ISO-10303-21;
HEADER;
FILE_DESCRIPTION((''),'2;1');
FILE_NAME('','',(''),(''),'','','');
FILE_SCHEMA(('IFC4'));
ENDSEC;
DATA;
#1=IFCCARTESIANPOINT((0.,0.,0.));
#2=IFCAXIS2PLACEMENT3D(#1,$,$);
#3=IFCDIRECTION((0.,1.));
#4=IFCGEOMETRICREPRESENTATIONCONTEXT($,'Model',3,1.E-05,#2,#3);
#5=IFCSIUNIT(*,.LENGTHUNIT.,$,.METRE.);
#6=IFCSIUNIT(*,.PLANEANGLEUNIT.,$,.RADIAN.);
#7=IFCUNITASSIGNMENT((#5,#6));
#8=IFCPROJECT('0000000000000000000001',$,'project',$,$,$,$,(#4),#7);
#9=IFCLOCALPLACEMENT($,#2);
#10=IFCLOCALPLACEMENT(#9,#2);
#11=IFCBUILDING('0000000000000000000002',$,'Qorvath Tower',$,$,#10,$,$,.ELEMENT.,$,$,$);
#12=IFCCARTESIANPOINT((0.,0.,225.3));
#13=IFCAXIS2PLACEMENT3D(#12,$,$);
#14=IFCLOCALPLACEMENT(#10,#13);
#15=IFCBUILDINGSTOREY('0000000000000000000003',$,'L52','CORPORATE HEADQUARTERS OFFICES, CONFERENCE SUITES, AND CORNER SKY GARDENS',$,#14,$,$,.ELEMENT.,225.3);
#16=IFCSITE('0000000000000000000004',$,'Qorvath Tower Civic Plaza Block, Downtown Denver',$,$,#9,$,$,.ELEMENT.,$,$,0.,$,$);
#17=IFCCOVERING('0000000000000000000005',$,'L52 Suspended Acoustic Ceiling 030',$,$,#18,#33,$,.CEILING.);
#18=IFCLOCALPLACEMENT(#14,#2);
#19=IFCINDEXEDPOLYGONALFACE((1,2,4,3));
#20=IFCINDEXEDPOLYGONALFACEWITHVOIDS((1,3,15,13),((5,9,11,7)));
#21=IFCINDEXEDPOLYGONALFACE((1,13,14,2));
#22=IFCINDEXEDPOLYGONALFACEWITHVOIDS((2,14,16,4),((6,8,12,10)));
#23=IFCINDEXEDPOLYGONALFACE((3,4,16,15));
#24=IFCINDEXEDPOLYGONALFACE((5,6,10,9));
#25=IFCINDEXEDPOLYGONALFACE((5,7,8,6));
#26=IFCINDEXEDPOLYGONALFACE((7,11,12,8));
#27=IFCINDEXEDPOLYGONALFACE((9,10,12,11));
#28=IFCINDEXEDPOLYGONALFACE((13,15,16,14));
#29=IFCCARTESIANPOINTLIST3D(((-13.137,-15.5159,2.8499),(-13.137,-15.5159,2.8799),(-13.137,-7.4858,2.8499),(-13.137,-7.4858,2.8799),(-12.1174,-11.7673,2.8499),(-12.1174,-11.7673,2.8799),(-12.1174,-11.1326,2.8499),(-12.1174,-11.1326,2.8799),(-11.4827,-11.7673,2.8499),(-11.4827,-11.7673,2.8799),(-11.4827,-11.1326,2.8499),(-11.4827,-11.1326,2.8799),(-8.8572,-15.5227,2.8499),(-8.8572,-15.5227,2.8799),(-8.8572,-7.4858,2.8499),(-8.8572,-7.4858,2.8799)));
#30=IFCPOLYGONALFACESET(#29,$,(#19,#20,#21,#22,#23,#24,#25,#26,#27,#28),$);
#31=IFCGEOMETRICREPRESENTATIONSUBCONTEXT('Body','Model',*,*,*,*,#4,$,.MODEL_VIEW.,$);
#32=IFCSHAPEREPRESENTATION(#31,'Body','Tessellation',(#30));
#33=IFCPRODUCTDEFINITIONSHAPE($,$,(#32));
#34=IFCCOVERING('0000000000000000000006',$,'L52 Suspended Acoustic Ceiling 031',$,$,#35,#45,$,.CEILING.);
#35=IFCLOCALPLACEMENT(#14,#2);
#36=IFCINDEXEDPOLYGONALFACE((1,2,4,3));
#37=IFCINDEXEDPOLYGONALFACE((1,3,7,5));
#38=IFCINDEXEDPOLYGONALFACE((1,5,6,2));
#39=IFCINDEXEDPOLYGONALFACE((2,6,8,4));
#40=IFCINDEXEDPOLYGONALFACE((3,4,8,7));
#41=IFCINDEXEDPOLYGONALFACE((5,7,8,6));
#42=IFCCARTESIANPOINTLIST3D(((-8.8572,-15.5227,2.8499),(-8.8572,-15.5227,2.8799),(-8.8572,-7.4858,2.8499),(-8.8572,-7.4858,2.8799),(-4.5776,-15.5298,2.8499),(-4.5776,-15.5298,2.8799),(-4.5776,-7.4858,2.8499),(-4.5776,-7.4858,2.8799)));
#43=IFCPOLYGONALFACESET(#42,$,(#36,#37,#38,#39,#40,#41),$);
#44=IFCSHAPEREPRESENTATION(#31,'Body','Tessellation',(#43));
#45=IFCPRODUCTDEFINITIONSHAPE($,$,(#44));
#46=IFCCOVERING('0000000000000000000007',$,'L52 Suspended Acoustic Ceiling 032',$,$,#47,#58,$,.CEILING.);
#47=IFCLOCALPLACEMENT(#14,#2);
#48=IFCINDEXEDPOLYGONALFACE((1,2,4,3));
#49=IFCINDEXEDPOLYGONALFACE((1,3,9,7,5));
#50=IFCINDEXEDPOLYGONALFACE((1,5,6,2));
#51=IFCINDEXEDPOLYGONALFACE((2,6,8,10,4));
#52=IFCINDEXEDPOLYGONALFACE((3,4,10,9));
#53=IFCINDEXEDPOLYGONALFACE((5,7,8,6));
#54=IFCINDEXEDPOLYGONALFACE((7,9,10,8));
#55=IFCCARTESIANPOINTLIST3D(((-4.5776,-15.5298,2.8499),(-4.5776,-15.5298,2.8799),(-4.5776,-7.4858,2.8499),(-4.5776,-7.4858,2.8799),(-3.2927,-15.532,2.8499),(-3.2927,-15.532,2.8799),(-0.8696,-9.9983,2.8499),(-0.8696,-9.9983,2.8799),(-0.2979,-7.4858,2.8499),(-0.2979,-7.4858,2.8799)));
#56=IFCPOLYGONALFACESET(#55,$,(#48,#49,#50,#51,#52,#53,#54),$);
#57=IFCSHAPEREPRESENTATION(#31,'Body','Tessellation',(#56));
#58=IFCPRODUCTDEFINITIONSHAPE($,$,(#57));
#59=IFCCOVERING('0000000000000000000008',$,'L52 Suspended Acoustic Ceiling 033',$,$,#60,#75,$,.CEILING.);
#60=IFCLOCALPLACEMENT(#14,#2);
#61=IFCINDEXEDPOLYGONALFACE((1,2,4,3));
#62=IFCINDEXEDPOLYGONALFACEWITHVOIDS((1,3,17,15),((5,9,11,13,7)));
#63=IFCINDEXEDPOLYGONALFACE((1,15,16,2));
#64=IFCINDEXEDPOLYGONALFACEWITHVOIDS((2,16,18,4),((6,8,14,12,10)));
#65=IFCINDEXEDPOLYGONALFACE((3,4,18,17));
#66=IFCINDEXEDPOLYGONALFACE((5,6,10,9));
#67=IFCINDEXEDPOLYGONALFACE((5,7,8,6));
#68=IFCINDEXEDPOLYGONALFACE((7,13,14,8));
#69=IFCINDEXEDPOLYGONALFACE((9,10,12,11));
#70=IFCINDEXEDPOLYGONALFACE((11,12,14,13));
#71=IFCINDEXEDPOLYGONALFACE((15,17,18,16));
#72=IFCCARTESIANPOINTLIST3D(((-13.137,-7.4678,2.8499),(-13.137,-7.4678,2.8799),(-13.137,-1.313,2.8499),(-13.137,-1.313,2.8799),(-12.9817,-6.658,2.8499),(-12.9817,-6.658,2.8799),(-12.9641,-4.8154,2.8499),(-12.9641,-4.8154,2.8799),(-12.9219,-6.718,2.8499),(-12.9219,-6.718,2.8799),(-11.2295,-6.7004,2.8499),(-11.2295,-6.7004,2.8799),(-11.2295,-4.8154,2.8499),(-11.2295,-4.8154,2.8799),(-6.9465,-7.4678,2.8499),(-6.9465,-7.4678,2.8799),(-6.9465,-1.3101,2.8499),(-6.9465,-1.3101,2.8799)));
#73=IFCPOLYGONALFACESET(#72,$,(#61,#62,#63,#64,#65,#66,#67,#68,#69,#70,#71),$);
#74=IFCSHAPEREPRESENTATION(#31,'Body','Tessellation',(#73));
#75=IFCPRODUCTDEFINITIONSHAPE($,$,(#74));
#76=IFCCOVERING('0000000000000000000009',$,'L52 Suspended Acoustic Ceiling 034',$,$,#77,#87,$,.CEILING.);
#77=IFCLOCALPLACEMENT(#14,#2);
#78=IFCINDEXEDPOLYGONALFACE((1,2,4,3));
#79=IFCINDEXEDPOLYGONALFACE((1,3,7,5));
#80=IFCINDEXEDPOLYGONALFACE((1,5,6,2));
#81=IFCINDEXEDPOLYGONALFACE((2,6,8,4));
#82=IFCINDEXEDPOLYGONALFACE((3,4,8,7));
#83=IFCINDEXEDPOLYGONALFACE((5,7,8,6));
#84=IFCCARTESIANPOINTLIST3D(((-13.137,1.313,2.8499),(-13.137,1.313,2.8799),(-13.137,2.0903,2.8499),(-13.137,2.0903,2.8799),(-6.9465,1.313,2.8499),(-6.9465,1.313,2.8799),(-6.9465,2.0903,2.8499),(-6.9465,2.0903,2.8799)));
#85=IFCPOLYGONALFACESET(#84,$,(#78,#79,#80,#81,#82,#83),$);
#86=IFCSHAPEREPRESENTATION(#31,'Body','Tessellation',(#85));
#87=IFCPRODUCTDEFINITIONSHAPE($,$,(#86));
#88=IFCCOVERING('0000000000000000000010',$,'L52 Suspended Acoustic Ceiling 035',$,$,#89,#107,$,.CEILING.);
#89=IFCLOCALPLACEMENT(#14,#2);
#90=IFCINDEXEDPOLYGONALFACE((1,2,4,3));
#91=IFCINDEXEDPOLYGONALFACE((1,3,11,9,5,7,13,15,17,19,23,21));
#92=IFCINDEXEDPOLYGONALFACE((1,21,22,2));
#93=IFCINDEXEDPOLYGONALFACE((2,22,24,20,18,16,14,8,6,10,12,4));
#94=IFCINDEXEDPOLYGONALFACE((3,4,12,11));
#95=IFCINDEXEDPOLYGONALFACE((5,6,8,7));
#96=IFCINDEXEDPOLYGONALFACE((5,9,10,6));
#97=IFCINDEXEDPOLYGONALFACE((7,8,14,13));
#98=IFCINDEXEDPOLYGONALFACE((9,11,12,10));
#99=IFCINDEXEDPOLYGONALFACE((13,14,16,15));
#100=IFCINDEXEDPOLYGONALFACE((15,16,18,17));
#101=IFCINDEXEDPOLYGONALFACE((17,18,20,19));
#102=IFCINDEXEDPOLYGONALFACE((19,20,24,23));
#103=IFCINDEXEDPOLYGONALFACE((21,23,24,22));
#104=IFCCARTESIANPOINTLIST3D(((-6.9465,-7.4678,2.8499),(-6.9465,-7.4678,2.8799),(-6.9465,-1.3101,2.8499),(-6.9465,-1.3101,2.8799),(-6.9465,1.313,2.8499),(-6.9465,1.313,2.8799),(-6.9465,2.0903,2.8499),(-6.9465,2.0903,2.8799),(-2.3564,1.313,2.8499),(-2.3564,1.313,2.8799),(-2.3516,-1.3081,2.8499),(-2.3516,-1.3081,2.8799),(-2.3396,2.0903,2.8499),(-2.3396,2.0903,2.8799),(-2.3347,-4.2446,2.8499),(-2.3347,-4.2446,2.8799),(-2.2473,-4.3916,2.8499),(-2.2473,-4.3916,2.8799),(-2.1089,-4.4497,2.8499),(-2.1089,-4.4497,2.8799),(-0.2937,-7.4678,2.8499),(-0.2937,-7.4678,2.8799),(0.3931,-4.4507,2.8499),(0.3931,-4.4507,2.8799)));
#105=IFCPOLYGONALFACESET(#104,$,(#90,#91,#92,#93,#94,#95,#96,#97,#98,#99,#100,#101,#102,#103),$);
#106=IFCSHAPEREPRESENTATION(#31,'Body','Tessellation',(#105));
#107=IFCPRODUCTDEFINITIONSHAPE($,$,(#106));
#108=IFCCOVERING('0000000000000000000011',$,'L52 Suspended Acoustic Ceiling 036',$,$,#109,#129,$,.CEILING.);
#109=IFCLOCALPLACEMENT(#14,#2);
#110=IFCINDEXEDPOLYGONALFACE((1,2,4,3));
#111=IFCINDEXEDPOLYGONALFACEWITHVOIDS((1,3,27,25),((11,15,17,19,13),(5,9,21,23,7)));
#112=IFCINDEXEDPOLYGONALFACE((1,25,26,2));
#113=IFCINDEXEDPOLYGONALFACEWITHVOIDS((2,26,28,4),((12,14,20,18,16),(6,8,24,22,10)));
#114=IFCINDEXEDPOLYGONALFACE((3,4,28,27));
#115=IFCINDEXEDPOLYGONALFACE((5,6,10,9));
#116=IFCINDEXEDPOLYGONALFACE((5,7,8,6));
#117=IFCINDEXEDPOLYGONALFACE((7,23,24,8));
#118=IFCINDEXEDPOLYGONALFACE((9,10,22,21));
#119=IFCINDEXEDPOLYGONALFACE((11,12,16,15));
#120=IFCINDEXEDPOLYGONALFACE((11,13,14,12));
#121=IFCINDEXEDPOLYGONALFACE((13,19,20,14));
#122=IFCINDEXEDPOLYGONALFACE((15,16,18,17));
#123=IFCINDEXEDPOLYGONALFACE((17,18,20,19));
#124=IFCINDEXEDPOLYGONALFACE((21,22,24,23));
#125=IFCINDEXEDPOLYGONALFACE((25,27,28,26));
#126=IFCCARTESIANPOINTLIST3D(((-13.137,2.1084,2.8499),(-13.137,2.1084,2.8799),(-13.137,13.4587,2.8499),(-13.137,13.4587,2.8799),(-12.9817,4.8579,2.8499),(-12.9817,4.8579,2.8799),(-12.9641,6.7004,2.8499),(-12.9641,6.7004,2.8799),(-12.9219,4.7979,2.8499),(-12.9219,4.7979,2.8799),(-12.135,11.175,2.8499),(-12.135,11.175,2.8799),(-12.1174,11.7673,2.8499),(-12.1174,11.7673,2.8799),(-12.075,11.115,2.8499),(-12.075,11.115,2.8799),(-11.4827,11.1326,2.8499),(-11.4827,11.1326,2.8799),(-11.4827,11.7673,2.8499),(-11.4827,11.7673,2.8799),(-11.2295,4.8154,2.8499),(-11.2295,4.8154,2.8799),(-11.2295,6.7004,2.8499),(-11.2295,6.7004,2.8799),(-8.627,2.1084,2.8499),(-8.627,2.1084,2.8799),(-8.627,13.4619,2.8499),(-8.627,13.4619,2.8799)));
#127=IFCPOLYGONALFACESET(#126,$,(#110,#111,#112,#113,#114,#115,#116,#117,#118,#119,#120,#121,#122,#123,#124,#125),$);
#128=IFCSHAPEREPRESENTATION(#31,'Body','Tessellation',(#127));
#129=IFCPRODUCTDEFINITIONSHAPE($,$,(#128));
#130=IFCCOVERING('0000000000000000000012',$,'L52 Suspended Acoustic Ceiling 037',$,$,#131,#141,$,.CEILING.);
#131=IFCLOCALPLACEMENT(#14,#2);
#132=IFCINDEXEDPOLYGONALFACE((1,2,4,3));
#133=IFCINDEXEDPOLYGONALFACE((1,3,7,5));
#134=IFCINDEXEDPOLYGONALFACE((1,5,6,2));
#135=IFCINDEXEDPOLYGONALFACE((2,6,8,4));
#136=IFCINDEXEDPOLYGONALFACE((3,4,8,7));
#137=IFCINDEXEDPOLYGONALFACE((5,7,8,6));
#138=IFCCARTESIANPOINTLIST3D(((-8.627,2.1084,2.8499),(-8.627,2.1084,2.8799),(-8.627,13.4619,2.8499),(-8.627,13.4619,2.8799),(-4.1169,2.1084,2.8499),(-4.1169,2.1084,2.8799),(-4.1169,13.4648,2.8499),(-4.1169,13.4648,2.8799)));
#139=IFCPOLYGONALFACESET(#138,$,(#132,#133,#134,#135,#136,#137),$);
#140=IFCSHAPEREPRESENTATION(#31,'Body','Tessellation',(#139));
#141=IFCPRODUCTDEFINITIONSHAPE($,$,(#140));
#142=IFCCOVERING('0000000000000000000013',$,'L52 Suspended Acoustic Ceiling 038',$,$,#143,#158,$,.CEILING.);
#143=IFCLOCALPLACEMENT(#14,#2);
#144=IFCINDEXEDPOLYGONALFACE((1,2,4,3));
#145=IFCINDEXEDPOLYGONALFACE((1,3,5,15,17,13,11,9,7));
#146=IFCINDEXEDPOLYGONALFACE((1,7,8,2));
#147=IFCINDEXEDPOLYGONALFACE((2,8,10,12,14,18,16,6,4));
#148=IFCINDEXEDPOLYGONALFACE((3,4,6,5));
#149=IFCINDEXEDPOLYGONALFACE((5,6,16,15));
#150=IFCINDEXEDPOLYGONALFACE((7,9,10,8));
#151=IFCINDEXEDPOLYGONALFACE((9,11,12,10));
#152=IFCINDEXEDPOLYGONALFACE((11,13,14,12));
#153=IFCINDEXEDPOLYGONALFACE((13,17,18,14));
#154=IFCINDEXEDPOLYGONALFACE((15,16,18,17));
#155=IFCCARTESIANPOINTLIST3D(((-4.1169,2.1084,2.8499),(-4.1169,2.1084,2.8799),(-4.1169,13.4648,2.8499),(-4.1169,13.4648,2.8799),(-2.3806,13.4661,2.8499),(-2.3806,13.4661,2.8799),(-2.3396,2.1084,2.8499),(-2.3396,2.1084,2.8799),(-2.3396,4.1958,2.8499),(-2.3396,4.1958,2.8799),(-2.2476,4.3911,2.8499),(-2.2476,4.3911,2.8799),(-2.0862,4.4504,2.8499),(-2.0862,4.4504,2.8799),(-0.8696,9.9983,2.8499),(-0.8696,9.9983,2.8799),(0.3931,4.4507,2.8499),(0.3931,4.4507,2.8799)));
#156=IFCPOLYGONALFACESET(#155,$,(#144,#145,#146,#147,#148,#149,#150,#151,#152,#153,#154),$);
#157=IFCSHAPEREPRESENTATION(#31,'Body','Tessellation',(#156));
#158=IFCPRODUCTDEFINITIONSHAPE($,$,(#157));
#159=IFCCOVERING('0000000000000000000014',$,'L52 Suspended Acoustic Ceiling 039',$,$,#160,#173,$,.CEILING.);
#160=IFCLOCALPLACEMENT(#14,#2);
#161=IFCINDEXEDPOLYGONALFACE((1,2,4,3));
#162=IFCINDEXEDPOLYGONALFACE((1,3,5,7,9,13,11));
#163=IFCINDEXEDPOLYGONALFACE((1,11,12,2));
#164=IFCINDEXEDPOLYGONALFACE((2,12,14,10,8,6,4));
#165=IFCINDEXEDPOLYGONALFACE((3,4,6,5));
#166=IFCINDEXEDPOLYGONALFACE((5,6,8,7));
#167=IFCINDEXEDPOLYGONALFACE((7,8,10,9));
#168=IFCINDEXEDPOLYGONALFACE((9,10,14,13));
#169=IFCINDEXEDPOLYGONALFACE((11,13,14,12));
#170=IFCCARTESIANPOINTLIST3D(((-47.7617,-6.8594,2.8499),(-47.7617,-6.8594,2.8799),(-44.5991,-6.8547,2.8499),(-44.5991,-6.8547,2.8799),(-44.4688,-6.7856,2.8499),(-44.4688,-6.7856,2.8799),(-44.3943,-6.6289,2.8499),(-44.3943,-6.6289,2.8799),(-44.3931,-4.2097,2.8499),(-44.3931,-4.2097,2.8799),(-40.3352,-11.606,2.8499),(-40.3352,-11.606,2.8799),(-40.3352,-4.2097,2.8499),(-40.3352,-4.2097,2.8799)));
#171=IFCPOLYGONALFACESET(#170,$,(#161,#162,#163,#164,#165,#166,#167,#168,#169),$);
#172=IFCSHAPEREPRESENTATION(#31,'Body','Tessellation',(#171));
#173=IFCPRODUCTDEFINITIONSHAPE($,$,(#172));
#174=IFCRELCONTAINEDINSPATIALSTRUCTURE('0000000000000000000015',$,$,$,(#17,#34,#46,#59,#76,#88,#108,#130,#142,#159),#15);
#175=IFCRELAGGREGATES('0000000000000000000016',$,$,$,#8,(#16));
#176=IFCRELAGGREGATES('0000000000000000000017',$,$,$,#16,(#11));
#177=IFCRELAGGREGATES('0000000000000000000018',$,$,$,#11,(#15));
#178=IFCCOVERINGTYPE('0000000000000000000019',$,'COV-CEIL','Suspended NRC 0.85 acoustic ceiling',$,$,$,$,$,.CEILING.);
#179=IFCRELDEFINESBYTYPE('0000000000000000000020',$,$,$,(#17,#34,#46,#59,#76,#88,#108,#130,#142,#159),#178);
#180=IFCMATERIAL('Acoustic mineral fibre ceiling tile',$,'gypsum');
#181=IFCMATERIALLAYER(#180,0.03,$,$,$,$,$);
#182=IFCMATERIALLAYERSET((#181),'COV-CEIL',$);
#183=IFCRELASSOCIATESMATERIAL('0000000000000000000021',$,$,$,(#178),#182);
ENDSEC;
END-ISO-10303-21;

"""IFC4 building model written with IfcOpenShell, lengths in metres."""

from ifc_helpers import new_model, si_unit, direction, frame, origin, place, context, subcontext, project, spatial, polyline, outline, extrude, material, layer, layer_set, type_object, element, save


model = new_model("IFC4")

# Units and contexts
model_context = context("Model", 3, precision=1e-05, world=origin(), true_north=direction((0.0, 1.0)))
body_context = subcontext(model_context, "Body", "Model", "MODEL_VIEW")
ifc_project = project(units=[si_unit("LENGTHUNIT", "METRE"), si_unit("PLANEANGLEUNIT", "RADIAN")], contexts=[model_context])

# Site, building, storey
site_placement = place(None, origin())
site = spatial("IfcSite", under=ifc_project, at=site_placement, Name="Qorvath Tower Civic Plaza Block, Downtown Denver", CompositionType="ELEMENT", RefElevation=0.0)
building_placement = place(site_placement, origin())
building = spatial("IfcBuilding", under=site, at=building_placement, Name="Qorvath Tower", CompositionType="ELEMENT")
storey_placement = place(building_placement, frame((0.0, 0.0, 225.3)))
storey = spatial("IfcBuildingStorey", under=building, at=storey_placement, Name="L52", Description="CORPORATE HEADQUARTERS OFFICES, CONFERENCE SUITES, AND CORNER SKY GARDENS", CompositionType="ELEMENT", Elevation=225.3)

# Coverings
ifc_material_1 = material(Name="Acoustic mineral fibre ceiling tile", Category="gypsum")
ifc_layer_1 = layer(ifc_material_1, 0.03)
ifc_layer_set_1 = layer_set([ifc_layer_1], Name="COV-CEIL")
covering_type_1 = type_object("IfcCoveringType", Name="COV-CEIL", Description="Suspended NRC 0.85 acoustic ceiling", PredefinedType="CEILING", material=ifc_layer_set_1)
covering_1_placement = place(storey_placement, frame((0.0, 0.0, 2.8499)))
element("IfcCovering", 1, at=covering_1_placement, inside=storey, type_object=covering_type_1, Name="L52 Suspended Acoustic Ceiling 030", PredefinedType="CEILING", context=body_context, shape_type="SweptSolid", body=[
    extrude(outline(polyline([(-13.137, -15.5159), (-8.8572, -15.5227), (-8.8572, -7.4858), (-13.137, -7.4858), (-13.137, -15.5159)]), holes=[polyline([(-12.1174, -11.7673), (-12.1174, -11.1326), (-11.4827, -11.1326), (-11.4827, -11.7673), (-12.1174, -11.7673)])]), origin(), (0.0, 0.0, 1.0), 0.03),
])
covering_2_placement = place(storey_placement, frame((0.0, 0.0, 2.8499)))
element("IfcCovering", 2, at=covering_2_placement, inside=storey, type_object=covering_type_1, Name="L52 Suspended Acoustic Ceiling 031", PredefinedType="CEILING", context=body_context, shape_type="SweptSolid", body=[
    extrude(outline(polyline([(-8.8572, -7.4858), (-8.8572, -15.5227), (-4.5776, -15.5298), (-4.5776, -7.4858), (-8.8572, -7.4858)])), origin(), (0.0, 0.0, 1.0), 0.03),
])
covering_3_placement = place(storey_placement, frame((0.0, 0.0, 2.8499)))
element("IfcCovering", 3, at=covering_3_placement, inside=storey, type_object=covering_type_1, Name="L52 Suspended Acoustic Ceiling 032", PredefinedType="CEILING", context=body_context, shape_type="SweptSolid", body=[
    extrude(outline(polyline([(-4.5776, -7.4858), (-4.5776, -15.5298), (-3.2927, -15.532), (-0.8696, -9.9983), (-0.2979, -7.4858), (-4.5776, -7.4858)])), origin(), (0.0, 0.0, 1.0), 0.03),
])
covering_4_placement = place(storey_placement, frame((0.0, 0.0, 2.8499)))
element("IfcCovering", 4, at=covering_4_placement, inside=storey, type_object=covering_type_1, Name="L52 Suspended Acoustic Ceiling 033", PredefinedType="CEILING", context=body_context, shape_type="SweptSolid", body=[
    extrude(outline(polyline([(-6.9465, -7.4678), (-6.9465, -1.3101), (-13.137, -1.313), (-13.137, -7.4678), (-6.9465, -7.4678)]), holes=[polyline([(-12.9817, -6.658), (-12.9641, -4.8154), (-11.2295, -4.8154), (-11.2295, -6.7004), (-12.9219, -6.718), (-12.9817, -6.658)])]), origin(), (0.0, 0.0, 1.0), 0.03),
])
covering_5_placement = place(storey_placement, frame((0.0, 0.0, 2.8499)))
element("IfcCovering", 5, at=covering_5_placement, inside=storey, type_object=covering_type_1, Name="L52 Suspended Acoustic Ceiling 034", PredefinedType="CEILING", context=body_context, shape_type="SweptSolid", body=[
    extrude(outline(polyline([(-6.9465, 1.313), (-6.9465, 2.0903), (-13.137, 2.0903), (-13.137, 1.313), (-6.9465, 1.313)])), origin(), (0.0, 0.0, 1.0), 0.03),
])
covering_6_placement = place(storey_placement, frame((0.0, 0.0, 2.8499)))
element("IfcCovering", 6, at=covering_6_placement, inside=storey, type_object=covering_type_1, Name="L52 Suspended Acoustic Ceiling 035", PredefinedType="CEILING", context=body_context, shape_type="SweptSolid", body=[
    extrude(outline(polyline([(-2.2473, -4.3916), (-2.3347, -4.2446), (-2.3396, 2.0903), (-6.9465, 2.0903), (-6.9465, 1.313), (-2.3564, 1.313), (-2.3516, -1.3081), (-6.9465, -1.3101), (-6.9465, -7.4678), (-0.2937, -7.4678), (0.3931, -4.4507), (-2.1089, -4.4497), (-2.2473, -4.3916)])), origin(), (0.0, 0.0, 1.0), 0.03),
])
covering_7_placement = place(storey_placement, frame((0.0, 0.0, 2.8499)))
element("IfcCovering", 7, at=covering_7_placement, inside=storey, type_object=covering_type_1, Name="L52 Suspended Acoustic Ceiling 036", PredefinedType="CEILING", context=body_context, shape_type="SweptSolid", body=[
    extrude(outline(polyline([(-8.627, 2.1084), (-8.627, 13.4619), (-13.137, 13.4587), (-13.137, 2.1084), (-8.627, 2.1084)]), holes=[polyline([(-12.9817, 4.8579), (-12.9641, 6.7004), (-11.2295, 6.7004), (-11.2295, 4.8154), (-12.9219, 4.7979), (-12.9817, 4.8579)]), polyline([(-12.135, 11.175), (-12.1174, 11.7673), (-11.4827, 11.7673), (-11.4827, 11.1326), (-12.075, 11.115), (-12.135, 11.175)])]), origin(), (0.0, 0.0, 1.0), 0.03),
])
covering_8_placement = place(storey_placement, frame((0.0, 0.0, 2.8499)))
element("IfcCovering", 8, at=covering_8_placement, inside=storey, type_object=covering_type_1, Name="L52 Suspended Acoustic Ceiling 037", PredefinedType="CEILING", context=body_context, shape_type="SweptSolid", body=[
    extrude(outline(polyline([(-4.1169, 2.1084), (-4.1169, 13.4648), (-8.627, 13.4619), (-8.627, 2.1084), (-4.1169, 2.1084)])), origin(), (0.0, 0.0, 1.0), 0.03),
])
covering_9_placement = place(storey_placement, frame((0.0, 0.0, 2.8499)))
element("IfcCovering", 9, at=covering_9_placement, inside=storey, type_object=covering_type_1, Name="L52 Suspended Acoustic Ceiling 038", PredefinedType="CEILING", context=body_context, shape_type="SweptSolid", body=[
    extrude(outline(polyline([(-2.0862, 4.4504), (0.3931, 4.4507), (-0.8696, 9.9983), (-2.3806, 13.4661), (-4.1169, 13.4648), (-4.1169, 2.1084), (-2.3396, 2.1084), (-2.3396, 4.1958), (-2.2476, 4.3911), (-2.0862, 4.4504)])), origin(), (0.0, 0.0, 1.0), 0.03),
])
covering_10_placement = place(storey_placement, frame((0.0, 0.0, 2.8499)))
element("IfcCovering", 10, at=covering_10_placement, inside=storey, type_object=covering_type_1, Name="L52 Suspended Acoustic Ceiling 039", PredefinedType="CEILING", context=body_context, shape_type="SweptSolid", body=[
    extrude(outline(polyline([(-44.4688, -6.7856), (-44.5991, -6.8547), (-47.7617, -6.8594), (-40.3352, -11.606), (-40.3352, -4.2097), (-44.3931, -4.2097), (-44.3943, -6.6289), (-44.4688, -6.7856)])), origin(), (0.0, 0.0, 1.0), 0.03),
])

save(model, "model.ifc")
